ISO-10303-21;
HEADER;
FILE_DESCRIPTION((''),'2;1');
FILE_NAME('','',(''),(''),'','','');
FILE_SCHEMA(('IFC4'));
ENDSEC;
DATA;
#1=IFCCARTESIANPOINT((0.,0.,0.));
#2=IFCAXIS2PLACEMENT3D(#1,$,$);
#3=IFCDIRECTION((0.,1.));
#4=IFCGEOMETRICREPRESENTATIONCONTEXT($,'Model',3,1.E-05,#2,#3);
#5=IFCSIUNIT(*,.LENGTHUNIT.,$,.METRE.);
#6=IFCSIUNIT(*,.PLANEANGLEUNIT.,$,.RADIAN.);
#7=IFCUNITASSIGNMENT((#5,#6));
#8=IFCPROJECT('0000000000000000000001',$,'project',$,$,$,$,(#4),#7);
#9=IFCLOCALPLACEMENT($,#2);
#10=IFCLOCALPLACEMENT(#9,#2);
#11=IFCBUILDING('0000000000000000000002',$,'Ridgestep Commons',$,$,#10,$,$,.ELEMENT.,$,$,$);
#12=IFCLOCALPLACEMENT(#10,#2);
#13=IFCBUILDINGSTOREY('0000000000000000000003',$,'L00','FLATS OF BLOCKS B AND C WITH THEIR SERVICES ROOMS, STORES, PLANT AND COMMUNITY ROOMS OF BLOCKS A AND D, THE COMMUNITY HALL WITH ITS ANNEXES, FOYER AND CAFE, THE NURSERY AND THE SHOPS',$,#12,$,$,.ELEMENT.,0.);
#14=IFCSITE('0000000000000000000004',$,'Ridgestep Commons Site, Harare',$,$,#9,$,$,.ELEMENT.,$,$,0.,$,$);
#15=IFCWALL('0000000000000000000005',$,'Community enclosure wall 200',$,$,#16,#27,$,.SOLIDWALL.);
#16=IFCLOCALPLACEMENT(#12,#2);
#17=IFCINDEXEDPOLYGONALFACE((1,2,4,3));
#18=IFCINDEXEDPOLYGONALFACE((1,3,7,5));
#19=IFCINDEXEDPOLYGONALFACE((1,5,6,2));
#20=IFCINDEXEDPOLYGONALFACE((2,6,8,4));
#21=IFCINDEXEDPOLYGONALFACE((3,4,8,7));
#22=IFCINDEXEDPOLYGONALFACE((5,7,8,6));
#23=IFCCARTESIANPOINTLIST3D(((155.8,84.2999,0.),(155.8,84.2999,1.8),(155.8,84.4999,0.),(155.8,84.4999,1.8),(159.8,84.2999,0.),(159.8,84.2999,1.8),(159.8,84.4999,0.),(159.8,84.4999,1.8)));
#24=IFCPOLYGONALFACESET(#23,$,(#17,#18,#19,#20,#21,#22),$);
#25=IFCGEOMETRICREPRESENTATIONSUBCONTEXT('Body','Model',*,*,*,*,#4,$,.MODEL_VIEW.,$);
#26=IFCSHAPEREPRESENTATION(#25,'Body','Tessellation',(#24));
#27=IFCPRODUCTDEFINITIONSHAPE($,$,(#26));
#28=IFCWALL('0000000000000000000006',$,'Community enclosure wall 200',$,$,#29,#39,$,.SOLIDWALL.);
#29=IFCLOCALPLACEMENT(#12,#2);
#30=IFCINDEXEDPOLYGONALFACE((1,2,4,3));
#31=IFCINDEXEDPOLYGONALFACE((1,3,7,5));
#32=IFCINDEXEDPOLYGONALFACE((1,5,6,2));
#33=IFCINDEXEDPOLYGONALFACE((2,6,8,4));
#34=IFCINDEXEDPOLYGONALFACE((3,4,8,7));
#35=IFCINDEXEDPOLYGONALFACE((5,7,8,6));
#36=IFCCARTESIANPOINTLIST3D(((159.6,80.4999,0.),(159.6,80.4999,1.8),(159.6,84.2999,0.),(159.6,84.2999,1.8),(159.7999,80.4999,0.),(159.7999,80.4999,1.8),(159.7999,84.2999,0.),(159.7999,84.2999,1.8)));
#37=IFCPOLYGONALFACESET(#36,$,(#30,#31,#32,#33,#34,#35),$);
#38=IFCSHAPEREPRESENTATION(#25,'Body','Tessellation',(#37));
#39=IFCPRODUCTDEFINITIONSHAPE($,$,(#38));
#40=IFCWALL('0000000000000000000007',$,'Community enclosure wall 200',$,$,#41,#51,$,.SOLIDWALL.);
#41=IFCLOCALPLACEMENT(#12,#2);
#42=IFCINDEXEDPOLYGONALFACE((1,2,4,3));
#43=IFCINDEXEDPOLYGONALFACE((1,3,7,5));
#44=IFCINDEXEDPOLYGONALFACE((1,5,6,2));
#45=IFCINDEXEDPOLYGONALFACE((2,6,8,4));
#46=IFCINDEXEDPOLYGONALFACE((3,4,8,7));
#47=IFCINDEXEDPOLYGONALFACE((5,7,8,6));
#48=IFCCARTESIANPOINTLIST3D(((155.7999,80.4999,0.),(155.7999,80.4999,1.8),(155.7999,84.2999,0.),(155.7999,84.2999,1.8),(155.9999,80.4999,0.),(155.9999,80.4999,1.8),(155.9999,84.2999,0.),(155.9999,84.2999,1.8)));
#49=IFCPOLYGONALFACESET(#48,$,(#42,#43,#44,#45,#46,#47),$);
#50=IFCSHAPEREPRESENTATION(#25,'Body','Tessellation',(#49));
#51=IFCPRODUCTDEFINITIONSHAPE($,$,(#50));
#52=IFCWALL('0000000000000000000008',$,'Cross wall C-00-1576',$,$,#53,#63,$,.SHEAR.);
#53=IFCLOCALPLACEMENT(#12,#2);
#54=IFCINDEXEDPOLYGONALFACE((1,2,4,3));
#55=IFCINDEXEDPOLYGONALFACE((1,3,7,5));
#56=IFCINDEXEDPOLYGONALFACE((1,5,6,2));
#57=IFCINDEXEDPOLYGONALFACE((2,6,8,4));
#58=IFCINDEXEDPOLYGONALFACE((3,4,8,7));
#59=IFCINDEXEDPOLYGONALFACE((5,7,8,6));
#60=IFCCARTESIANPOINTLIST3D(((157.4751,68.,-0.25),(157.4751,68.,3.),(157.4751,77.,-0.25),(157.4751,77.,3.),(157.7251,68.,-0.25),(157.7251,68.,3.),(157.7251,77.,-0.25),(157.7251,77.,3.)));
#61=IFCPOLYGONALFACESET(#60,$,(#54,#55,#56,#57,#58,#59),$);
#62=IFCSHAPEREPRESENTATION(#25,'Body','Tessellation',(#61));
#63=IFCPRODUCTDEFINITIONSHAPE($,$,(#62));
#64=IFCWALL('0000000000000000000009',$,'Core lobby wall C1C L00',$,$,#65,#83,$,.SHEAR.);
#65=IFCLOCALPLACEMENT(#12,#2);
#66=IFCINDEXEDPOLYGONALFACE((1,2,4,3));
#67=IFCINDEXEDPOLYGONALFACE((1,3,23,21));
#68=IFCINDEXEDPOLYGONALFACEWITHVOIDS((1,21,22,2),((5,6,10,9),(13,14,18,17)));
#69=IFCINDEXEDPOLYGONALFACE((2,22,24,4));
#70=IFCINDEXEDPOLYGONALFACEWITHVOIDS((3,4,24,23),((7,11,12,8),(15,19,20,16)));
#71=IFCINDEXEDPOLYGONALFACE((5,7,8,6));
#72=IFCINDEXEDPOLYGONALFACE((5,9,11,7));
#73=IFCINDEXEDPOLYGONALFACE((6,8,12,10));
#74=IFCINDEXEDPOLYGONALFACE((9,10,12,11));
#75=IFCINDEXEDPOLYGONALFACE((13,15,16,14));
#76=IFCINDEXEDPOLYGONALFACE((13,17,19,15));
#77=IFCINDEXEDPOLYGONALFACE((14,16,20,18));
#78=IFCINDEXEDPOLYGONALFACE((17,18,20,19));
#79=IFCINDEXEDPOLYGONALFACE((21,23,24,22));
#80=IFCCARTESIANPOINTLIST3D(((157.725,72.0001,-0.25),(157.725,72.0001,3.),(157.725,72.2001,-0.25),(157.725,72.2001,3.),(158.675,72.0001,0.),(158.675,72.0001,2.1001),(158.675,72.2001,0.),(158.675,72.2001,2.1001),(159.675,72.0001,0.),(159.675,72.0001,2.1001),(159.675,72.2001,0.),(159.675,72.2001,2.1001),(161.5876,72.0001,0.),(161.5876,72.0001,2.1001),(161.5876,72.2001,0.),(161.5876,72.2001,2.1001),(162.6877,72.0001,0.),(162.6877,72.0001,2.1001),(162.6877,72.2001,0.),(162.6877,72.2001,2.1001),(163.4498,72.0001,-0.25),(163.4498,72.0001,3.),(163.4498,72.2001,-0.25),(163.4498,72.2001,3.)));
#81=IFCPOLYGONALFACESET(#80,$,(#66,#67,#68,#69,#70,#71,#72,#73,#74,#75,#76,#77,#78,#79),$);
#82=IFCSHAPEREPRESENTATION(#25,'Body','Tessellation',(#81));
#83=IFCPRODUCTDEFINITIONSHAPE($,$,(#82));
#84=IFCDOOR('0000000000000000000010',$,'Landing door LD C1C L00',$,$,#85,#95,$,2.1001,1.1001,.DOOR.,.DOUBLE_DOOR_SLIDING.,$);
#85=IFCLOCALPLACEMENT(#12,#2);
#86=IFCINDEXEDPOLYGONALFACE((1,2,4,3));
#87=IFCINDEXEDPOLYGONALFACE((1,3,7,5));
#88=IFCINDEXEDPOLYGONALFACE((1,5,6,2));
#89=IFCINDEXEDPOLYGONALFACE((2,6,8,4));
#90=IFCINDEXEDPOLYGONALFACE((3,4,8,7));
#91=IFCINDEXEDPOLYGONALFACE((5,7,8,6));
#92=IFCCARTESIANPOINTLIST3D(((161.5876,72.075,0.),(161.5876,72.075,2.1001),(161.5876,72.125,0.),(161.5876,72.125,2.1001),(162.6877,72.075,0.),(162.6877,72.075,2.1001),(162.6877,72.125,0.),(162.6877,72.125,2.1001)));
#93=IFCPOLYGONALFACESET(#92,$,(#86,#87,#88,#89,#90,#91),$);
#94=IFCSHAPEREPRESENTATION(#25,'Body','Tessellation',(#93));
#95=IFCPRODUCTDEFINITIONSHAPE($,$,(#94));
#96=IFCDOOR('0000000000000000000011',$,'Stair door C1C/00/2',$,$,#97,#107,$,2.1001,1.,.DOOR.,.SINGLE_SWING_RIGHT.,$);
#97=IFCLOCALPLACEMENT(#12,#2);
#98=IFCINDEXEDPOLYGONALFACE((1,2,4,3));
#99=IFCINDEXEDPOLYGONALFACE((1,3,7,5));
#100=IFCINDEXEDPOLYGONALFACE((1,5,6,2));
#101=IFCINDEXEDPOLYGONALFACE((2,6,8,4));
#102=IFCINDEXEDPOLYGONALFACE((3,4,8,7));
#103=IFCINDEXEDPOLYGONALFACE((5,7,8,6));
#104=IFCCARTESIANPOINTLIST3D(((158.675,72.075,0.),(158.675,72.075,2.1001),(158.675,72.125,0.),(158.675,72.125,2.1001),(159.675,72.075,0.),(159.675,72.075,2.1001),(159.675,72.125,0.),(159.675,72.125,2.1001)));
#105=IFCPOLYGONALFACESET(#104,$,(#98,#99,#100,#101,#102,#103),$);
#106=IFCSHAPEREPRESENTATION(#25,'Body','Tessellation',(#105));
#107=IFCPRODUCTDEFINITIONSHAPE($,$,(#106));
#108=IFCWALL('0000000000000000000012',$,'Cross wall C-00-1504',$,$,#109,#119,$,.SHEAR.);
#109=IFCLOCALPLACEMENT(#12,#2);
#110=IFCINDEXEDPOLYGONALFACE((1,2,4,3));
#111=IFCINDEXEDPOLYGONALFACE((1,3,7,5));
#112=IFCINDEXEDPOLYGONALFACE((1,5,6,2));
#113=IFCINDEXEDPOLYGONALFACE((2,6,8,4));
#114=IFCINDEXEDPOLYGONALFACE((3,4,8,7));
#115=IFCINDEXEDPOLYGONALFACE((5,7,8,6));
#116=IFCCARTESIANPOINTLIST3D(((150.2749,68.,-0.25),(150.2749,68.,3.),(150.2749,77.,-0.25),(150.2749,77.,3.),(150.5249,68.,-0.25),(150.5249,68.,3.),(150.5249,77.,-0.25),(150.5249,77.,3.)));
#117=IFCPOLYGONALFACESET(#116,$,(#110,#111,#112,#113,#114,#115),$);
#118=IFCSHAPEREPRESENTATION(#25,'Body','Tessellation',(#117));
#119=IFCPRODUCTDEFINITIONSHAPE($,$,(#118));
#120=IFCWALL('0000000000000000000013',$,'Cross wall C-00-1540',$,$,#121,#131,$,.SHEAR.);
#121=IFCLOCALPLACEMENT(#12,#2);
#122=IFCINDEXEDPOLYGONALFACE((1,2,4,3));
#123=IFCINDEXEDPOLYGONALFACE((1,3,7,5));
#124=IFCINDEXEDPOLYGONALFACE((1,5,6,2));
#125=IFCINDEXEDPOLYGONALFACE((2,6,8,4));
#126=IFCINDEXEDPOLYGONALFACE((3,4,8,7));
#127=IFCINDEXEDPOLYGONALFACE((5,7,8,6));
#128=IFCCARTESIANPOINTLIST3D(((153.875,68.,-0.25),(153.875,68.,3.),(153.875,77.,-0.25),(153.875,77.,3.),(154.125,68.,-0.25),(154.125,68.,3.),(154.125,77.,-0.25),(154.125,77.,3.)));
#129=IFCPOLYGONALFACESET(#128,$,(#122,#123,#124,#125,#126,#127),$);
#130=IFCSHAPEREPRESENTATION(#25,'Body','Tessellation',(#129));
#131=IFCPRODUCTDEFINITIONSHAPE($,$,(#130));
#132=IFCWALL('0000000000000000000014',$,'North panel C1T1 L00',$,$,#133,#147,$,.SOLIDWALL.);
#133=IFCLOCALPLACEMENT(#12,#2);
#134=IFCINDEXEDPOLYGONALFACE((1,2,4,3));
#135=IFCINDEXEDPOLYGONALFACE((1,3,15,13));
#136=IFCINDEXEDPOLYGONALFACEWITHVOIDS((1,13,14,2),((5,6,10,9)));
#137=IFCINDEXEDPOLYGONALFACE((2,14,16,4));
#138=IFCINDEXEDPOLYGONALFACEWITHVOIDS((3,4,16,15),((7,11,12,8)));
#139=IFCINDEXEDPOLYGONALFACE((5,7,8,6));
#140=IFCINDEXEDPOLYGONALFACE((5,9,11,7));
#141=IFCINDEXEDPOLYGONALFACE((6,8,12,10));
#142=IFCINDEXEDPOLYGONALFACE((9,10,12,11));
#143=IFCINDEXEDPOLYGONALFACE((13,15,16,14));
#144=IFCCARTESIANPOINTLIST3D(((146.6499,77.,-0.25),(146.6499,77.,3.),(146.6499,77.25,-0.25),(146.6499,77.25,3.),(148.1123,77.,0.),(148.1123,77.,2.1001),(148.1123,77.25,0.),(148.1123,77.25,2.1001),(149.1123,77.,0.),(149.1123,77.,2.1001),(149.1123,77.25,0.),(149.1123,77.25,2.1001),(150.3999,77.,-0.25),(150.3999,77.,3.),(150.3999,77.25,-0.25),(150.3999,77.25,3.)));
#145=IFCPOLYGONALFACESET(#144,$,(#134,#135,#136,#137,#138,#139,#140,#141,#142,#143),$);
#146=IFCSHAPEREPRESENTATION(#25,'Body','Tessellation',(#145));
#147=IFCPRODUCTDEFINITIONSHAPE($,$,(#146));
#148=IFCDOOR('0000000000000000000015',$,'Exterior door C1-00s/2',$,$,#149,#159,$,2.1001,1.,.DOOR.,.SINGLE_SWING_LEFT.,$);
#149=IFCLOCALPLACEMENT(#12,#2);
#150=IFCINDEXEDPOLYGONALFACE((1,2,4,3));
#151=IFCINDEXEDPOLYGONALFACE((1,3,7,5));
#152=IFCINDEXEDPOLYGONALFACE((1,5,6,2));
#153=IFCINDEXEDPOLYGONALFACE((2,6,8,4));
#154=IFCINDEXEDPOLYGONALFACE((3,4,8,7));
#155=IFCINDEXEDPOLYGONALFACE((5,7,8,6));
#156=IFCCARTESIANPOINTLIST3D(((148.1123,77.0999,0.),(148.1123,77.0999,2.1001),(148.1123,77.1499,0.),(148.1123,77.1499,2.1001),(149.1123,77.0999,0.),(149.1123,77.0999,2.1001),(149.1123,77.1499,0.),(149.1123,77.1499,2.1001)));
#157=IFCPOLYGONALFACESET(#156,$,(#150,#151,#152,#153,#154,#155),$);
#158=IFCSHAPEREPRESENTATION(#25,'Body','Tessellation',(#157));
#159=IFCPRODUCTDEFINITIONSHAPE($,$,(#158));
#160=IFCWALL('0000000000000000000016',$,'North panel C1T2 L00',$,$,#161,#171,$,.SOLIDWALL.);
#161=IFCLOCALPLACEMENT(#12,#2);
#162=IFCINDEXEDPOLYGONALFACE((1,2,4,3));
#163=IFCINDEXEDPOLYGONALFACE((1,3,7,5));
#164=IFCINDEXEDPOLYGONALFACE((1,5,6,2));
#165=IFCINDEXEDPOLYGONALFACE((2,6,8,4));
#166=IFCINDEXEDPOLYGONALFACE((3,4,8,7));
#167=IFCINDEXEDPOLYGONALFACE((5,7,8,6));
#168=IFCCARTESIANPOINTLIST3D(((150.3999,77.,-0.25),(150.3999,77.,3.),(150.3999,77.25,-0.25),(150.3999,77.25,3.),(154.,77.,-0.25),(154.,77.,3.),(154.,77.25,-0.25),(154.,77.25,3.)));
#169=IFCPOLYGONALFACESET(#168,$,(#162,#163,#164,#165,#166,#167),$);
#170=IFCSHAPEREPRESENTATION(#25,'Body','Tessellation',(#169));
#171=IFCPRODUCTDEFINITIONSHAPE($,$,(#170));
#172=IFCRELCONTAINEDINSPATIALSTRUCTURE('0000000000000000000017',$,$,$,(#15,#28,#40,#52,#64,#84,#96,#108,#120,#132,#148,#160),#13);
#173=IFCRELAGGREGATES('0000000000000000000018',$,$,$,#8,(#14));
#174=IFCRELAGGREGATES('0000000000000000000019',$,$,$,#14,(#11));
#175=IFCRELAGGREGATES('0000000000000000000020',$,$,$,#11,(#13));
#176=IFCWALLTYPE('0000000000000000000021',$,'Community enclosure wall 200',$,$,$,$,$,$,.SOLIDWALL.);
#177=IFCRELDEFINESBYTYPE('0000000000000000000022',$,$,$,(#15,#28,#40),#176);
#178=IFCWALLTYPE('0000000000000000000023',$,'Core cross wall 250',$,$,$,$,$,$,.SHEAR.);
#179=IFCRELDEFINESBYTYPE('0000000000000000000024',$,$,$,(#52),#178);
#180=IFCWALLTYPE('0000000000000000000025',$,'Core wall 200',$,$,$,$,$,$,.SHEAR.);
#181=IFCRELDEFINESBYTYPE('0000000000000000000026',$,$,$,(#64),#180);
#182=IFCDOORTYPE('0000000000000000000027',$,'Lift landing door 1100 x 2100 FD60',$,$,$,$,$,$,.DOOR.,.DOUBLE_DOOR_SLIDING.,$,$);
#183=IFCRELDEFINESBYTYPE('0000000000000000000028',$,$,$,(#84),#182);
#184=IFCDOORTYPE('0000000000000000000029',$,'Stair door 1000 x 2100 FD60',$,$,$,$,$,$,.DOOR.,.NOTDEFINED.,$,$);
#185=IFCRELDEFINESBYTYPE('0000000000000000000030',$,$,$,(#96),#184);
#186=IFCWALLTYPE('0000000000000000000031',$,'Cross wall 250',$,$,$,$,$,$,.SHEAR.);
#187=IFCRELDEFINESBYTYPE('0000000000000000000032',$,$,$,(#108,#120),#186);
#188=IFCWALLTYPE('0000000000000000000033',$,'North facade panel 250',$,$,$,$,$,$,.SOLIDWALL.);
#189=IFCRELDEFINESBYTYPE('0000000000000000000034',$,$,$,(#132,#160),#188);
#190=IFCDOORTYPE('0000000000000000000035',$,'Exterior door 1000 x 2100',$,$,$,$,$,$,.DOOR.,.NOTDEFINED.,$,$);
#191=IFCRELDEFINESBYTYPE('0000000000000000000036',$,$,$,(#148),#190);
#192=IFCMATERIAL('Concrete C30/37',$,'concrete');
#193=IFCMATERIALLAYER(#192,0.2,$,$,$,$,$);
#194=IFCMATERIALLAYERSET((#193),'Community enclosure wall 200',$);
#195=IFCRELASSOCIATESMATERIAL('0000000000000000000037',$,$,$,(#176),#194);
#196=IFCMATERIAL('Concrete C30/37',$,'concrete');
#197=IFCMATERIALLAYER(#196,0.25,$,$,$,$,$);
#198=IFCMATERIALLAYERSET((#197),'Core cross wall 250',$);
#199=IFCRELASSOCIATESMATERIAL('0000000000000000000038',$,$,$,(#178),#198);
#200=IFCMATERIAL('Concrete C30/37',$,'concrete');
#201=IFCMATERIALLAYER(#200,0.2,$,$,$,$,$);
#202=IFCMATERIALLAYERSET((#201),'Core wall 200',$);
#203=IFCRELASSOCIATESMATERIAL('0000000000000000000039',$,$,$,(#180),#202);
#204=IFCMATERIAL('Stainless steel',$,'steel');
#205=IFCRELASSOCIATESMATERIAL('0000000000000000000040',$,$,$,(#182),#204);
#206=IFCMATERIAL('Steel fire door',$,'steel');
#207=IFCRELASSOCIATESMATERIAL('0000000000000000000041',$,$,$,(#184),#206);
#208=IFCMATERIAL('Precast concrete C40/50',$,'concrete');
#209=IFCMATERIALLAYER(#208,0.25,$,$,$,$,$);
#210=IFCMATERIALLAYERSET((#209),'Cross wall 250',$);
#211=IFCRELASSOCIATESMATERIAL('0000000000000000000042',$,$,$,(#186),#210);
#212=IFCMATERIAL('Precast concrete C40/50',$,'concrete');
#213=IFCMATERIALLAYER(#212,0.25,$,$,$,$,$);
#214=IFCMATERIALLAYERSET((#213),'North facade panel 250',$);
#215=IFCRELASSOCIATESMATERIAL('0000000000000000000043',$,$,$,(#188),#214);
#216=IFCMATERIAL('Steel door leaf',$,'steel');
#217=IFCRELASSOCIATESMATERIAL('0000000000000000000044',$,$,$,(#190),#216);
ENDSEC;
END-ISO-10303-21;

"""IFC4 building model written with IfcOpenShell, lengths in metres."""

from ifc_helpers import new_model, si_unit, direction, frame, frame_2d, origin, place, context, subcontext, project, spatial, rectangle, extrude, material, layer, layer_set, type_object, element, fill, save


model = new_model("IFC4")

# Units and contexts
model_context = context("Model", 3, precision=1e-05, world=origin(), true_north=direction((0.0, 1.0)))
body_context = subcontext(model_context, "Body", "Model", "MODEL_VIEW")
ifc_project = project(units=[si_unit("LENGTHUNIT", "METRE"), si_unit("PLANEANGLEUNIT", "RADIAN")], contexts=[model_context])

# Site, building, storey
site_placement = place(None, origin())
site = spatial("IfcSite", under=ifc_project, at=site_placement, Name="Ridgestep Commons Site, Harare", CompositionType="ELEMENT", RefElevation=0.0)
building_placement = place(site_placement, origin())
building = spatial("IfcBuilding", under=site, at=building_placement, Name="Ridgestep Commons", CompositionType="ELEMENT")
storey_placement = place(building_placement, origin())
storey = spatial("IfcBuildingStorey", under=building, at=storey_placement, Name="L00", Description="FLATS OF BLOCKS B AND C WITH THEIR SERVICES ROOMS, STORES, PLANT AND COMMUNITY ROOMS OF BLOCKS A AND D, THE COMMUNITY HALL WITH ITS ANNEXES, FOYER AND CAFE, THE NURSERY AND THE SHOPS", CompositionType="ELEMENT", Elevation=0.0)

# Walls
ifc_material_1 = material(Name="Concrete C30/37", Category="concrete")
ifc_layer_1 = layer(ifc_material_1, 0.2)
ifc_layer_set_1 = layer_set([ifc_layer_1], Name="Community enclosure wall 200")
wall_type_1 = type_object("IfcWallType", Name="Community enclosure wall 200", PredefinedType="SOLIDWALL", material=ifc_layer_set_1)
wall_1_placement = place(storey_placement, frame((155.8, 84.3999, 0.0), z_axis=(0.0, 0.0, 1.0), x_axis=(1.0, 0.0, 0.0)))
element("IfcWall", 1, at=wall_1_placement, inside=storey, type_object=wall_type_1, Name="Community enclosure wall 200", PredefinedType="SOLIDWALL", context=body_context, shape_type="SweptSolid", body=[
    extrude(rectangle(XDim=4.0, YDim=0.2, at=frame_2d((2.0, 0.0))), origin(), (0.0, 0.0, 1.0), 1.8),
])
for number, where, z_axis, x_axis, name in (
    (2, (159.7, 80.5, 0.0), (0.0, 0.0, 1.0), (0.0, 1.0, 0.0), "Community enclosure wall 200"),
    (3, (155.8999, 80.5, 0.0), (0.0, 0.0, 1.0), (0.0, 1.0, 0.0), "Community enclosure wall 200"),
):
    element("IfcWall", number, at=place(storey_placement, frame(where, z_axis=z_axis, x_axis=x_axis)), inside=storey, type_object=wall_type_1, Name=name, PredefinedType="SOLIDWALL", context=body_context, shape_type="SweptSolid", body=[
        extrude(rectangle(XDim=3.8, YDim=0.2, at=frame_2d((1.8999, 0.0))), origin(), (0.0, 0.0, 1.0), 1.8),
    ])
ifc_material_2 = material(Name="Concrete C30/37", Category="concrete")
ifc_layer_2 = layer(ifc_material_2, 0.25)
ifc_layer_set_2 = layer_set([ifc_layer_2], Name="Core cross wall 250")
wall_type_2 = type_object("IfcWallType", Name="Core cross wall 250", PredefinedType="SHEAR", material=ifc_layer_set_2)
wall_2_placement = place(storey_placement, frame((157.6001, 68.0, -0.25), z_axis=(0.0, 0.0, 1.0), x_axis=(0.0, 1.0, 0.0)))
element("IfcWall", 4, at=wall_2_placement, inside=storey, type_object=wall_type_2, Name="Cross wall C-00-1576", PredefinedType="SHEAR", context=body_context, shape_type="SweptSolid", body=[
    extrude(rectangle(XDim=9.0, YDim=0.25, at=frame_2d((4.5, 0.0))), origin(), (0.0, 0.0, 1.0), 3.25),
])

# Wall, openings, doors
ifc_material_3 = material(Name="Concrete C30/37", Category="concrete")
ifc_layer_3 = layer(ifc_material_3, 0.2)
ifc_layer_set_3 = layer_set([ifc_layer_3], Name="Core wall 200")
wall_type_3 = type_object("IfcWallType", Name="Core wall 200", PredefinedType="SHEAR", material=ifc_layer_set_3)
wall_3_placement = place(storey_placement, frame((157.7251, 72.1001, -0.25), z_axis=(0.0, 0.0, 1.0), x_axis=(1.0, 0.0, 0.0)))
wall_3 = element("IfcWall", 5, at=wall_3_placement, inside=storey, type_object=wall_type_3, Name="Core lobby wall C1C L00", PredefinedType="SHEAR", context=body_context, shape_type="SweptSolid", body=[
    extrude(rectangle(XDim=5.7249, YDim=0.2, at=frame_2d((2.8623, 0.0))), origin(), (0.0, 0.0, 1.0), 3.25),
])
opening_1_placement = place(wall_3_placement, frame((0.95, 0.0, 0.25)))
opening_1 = element("IfcOpeningElement", 6, at=opening_1_placement, cuts=wall_3, PredefinedType="OPENING", context=body_context, shape_type="SweptSolid", body=[
    extrude(rectangle(XDim=1.0, YDim=2.1001, at=frame_2d((0.5, 1.05))), frame((0.0, 0.1099, 0.0), z_axis=(0.0, -1.0, 0.0), x_axis=(1.0, 0.0, 0.0)), (0.0, 0.0, 1.0), 0.22),
])
opening_2_placement = place(wall_3_placement, frame((3.8625, 0.0, 0.25)))
opening_2 = element("IfcOpeningElement", 7, at=opening_2_placement, cuts=wall_3, PredefinedType="OPENING", context=body_context, shape_type="SweptSolid", body=[
    extrude(rectangle(XDim=1.1001, YDim=2.1001, at=frame_2d((0.55, 1.05))), frame((0.0, 0.1099, 0.0), z_axis=(0.0, -1.0, 0.0), x_axis=(1.0, 0.0, 0.0)), (0.0, 0.0, 1.0), 0.22),
])
ifc_material_4 = material(Name="Stainless steel", Category="steel")
door_type_1 = type_object("IfcDoorType", Name="Lift landing door 1100 x 2100 FD60", OperationType="DOUBLE_DOOR_SLIDING", PredefinedType="DOOR", material=ifc_material_4)
door_1_placement = place(opening_2_placement, origin())
door_1 = element("IfcDoor", 8, at=door_1_placement, inside=storey, type_object=door_type_1, Name="Landing door LD C1C L00", OperationType="DOUBLE_DOOR_SLIDING", OverallHeight=2.1001, OverallWidth=1.1001, PredefinedType="DOOR", context=body_context, shape_type="SweptSolid", body=[
    extrude(rectangle(XDim=1.1001, YDim=2.1001, at=frame_2d((0.55, 1.05))), frame((0.0, 0.0249, 0.0), z_axis=(0.0, -1.0, 0.0), x_axis=(1.0, 0.0, 0.0)), (0.0, 0.0, 1.0), 0.05),
])
fill(opening_2, door_1)
ifc_material_5 = material(Name="Steel fire door", Category="steel")
door_type_2 = type_object("IfcDoorType", Name="Stair door 1000 x 2100 FD60", OperationType="NOTDEFINED", PredefinedType="DOOR", material=ifc_material_5)
door_2_placement = place(opening_1_placement, origin())
door_2 = element("IfcDoor", 9, at=door_2_placement, inside=storey, type_object=door_type_2, Name="Stair door C1C/00/2", OperationType="SINGLE_SWING_RIGHT", OverallHeight=2.1001, OverallWidth=1.0, PredefinedType="DOOR", context=body_context, shape_type="SweptSolid", body=[
    extrude(rectangle(XDim=1.0, YDim=2.1001, at=frame_2d((0.5, 1.05))), frame((0.0, 0.0249, 0.0), z_axis=(0.0, -1.0, 0.0), x_axis=(1.0, 0.0, 0.0)), (0.0, 0.0, 1.0), 0.05),
])
fill(opening_1, door_2)

# Walls
ifc_material_6 = material(Name="Precast concrete C40/50", Category="concrete")
ifc_layer_4 = layer(ifc_material_6, 0.25)
ifc_layer_set_4 = layer_set([ifc_layer_4], Name="Cross wall 250")
wall_type_4 = type_object("IfcWallType", Name="Cross wall 250", PredefinedType="SHEAR", material=ifc_layer_set_4)
for number, where, z_axis, x_axis, name in (
    (10, (150.3999, 68.0, -0.25), (0.0, 0.0, 1.0), (0.0, 1.0, 0.0), "Cross wall C-00-1504"),
    (11, (154.0, 68.0, -0.25), (0.0, 0.0, 1.0), (0.0, 1.0, 0.0), "Cross wall C-00-1540"),
):
    element("IfcWall", number, at=place(storey_placement, frame(where, z_axis=z_axis, x_axis=x_axis)), inside=storey, type_object=wall_type_4, Name=name, PredefinedType="SHEAR", context=body_context, shape_type="SweptSolid", body=[
        extrude(rectangle(XDim=9.0, YDim=0.25, at=frame_2d((4.5, 0.0))), origin(), (0.0, 0.0, 1.0), 3.25),
    ])

# Wall, opening, door
ifc_material_7 = material(Name="Precast concrete C40/50", Category="concrete")
ifc_layer_5 = layer(ifc_material_7, 0.25)
ifc_layer_set_5 = layer_set([ifc_layer_5], Name="North facade panel 250")
wall_type_5 = type_object("IfcWallType", Name="North facade panel 250", PredefinedType="SOLIDWALL", material=ifc_layer_set_5)
wall_4_placement = place(storey_placement, frame((146.6499, 77.125, -0.25), z_axis=(0.0, 0.0, 1.0), x_axis=(1.0, 0.0, 0.0)))
wall_4 = element("IfcWall", 12, at=wall_4_placement, inside=storey, type_object=wall_type_5, Name="North panel C1T1 L00", PredefinedType="SOLIDWALL", context=body_context, shape_type="SweptSolid", body=[
    extrude(rectangle(XDim=3.75, YDim=0.25, at=frame_2d((1.875, 0.0))), origin(), (0.0, 0.0, 1.0), 3.25),
])
opening_3_placement = place(wall_4_placement, frame((1.4624, 0.0, 0.25)))
opening_3 = element("IfcOpeningElement", 13, at=opening_3_placement, cuts=wall_4, PredefinedType="OPENING", context=body_context, shape_type="SweptSolid", body=[
    extrude(rectangle(XDim=1.0, YDim=2.1001, at=frame_2d((0.5, 1.05))), frame((0.0, 0.135, 0.0), z_axis=(0.0, -1.0, 0.0), x_axis=(1.0, 0.0, 0.0)), (0.0, 0.0, 1.0), 0.27),
])
ifc_material_8 = material(Name="Steel door leaf", Category="steel")
door_type_3 = type_object("IfcDoorType", Name="Exterior door 1000 x 2100", OperationType="NOTDEFINED", PredefinedType="DOOR", material=ifc_material_8)
door_3_placement = place(opening_3_placement, origin())
door_3 = element("IfcDoor", 14, at=door_3_placement, inside=storey, type_object=door_type_3, Name="Exterior door C1-00s/2", OperationType="SINGLE_SWING_LEFT", OverallHeight=2.1001, OverallWidth=1.0, PredefinedType="DOOR", context=body_context, shape_type="SweptSolid", body=[
    extrude(rectangle(XDim=1.0, YDim=2.1001, at=frame_2d((0.5, 1.05))), frame((0.0, 0.0249, 0.0), z_axis=(0.0, -1.0, 0.0), x_axis=(1.0, 0.0, 0.0)), (0.0, 0.0, 1.0), 0.05),
])
fill(opening_3, door_3)

# Wall
wall_5_placement = place(storey_placement, frame((150.3999, 77.125, -0.25), z_axis=(0.0, 0.0, 1.0), x_axis=(1.0, 0.0, 0.0)))
element("IfcWall", 15, at=wall_5_placement, inside=storey, type_object=wall_type_5, Name="North panel C1T2 L00", PredefinedType="SOLIDWALL", context=body_context, shape_type="SweptSolid", body=[
    extrude(rectangle(XDim=3.6001, YDim=0.25, at=frame_2d((1.8, 0.0))), origin(), (0.0, 0.0, 1.0), 3.25),
])

save(model, "model.ifc")
